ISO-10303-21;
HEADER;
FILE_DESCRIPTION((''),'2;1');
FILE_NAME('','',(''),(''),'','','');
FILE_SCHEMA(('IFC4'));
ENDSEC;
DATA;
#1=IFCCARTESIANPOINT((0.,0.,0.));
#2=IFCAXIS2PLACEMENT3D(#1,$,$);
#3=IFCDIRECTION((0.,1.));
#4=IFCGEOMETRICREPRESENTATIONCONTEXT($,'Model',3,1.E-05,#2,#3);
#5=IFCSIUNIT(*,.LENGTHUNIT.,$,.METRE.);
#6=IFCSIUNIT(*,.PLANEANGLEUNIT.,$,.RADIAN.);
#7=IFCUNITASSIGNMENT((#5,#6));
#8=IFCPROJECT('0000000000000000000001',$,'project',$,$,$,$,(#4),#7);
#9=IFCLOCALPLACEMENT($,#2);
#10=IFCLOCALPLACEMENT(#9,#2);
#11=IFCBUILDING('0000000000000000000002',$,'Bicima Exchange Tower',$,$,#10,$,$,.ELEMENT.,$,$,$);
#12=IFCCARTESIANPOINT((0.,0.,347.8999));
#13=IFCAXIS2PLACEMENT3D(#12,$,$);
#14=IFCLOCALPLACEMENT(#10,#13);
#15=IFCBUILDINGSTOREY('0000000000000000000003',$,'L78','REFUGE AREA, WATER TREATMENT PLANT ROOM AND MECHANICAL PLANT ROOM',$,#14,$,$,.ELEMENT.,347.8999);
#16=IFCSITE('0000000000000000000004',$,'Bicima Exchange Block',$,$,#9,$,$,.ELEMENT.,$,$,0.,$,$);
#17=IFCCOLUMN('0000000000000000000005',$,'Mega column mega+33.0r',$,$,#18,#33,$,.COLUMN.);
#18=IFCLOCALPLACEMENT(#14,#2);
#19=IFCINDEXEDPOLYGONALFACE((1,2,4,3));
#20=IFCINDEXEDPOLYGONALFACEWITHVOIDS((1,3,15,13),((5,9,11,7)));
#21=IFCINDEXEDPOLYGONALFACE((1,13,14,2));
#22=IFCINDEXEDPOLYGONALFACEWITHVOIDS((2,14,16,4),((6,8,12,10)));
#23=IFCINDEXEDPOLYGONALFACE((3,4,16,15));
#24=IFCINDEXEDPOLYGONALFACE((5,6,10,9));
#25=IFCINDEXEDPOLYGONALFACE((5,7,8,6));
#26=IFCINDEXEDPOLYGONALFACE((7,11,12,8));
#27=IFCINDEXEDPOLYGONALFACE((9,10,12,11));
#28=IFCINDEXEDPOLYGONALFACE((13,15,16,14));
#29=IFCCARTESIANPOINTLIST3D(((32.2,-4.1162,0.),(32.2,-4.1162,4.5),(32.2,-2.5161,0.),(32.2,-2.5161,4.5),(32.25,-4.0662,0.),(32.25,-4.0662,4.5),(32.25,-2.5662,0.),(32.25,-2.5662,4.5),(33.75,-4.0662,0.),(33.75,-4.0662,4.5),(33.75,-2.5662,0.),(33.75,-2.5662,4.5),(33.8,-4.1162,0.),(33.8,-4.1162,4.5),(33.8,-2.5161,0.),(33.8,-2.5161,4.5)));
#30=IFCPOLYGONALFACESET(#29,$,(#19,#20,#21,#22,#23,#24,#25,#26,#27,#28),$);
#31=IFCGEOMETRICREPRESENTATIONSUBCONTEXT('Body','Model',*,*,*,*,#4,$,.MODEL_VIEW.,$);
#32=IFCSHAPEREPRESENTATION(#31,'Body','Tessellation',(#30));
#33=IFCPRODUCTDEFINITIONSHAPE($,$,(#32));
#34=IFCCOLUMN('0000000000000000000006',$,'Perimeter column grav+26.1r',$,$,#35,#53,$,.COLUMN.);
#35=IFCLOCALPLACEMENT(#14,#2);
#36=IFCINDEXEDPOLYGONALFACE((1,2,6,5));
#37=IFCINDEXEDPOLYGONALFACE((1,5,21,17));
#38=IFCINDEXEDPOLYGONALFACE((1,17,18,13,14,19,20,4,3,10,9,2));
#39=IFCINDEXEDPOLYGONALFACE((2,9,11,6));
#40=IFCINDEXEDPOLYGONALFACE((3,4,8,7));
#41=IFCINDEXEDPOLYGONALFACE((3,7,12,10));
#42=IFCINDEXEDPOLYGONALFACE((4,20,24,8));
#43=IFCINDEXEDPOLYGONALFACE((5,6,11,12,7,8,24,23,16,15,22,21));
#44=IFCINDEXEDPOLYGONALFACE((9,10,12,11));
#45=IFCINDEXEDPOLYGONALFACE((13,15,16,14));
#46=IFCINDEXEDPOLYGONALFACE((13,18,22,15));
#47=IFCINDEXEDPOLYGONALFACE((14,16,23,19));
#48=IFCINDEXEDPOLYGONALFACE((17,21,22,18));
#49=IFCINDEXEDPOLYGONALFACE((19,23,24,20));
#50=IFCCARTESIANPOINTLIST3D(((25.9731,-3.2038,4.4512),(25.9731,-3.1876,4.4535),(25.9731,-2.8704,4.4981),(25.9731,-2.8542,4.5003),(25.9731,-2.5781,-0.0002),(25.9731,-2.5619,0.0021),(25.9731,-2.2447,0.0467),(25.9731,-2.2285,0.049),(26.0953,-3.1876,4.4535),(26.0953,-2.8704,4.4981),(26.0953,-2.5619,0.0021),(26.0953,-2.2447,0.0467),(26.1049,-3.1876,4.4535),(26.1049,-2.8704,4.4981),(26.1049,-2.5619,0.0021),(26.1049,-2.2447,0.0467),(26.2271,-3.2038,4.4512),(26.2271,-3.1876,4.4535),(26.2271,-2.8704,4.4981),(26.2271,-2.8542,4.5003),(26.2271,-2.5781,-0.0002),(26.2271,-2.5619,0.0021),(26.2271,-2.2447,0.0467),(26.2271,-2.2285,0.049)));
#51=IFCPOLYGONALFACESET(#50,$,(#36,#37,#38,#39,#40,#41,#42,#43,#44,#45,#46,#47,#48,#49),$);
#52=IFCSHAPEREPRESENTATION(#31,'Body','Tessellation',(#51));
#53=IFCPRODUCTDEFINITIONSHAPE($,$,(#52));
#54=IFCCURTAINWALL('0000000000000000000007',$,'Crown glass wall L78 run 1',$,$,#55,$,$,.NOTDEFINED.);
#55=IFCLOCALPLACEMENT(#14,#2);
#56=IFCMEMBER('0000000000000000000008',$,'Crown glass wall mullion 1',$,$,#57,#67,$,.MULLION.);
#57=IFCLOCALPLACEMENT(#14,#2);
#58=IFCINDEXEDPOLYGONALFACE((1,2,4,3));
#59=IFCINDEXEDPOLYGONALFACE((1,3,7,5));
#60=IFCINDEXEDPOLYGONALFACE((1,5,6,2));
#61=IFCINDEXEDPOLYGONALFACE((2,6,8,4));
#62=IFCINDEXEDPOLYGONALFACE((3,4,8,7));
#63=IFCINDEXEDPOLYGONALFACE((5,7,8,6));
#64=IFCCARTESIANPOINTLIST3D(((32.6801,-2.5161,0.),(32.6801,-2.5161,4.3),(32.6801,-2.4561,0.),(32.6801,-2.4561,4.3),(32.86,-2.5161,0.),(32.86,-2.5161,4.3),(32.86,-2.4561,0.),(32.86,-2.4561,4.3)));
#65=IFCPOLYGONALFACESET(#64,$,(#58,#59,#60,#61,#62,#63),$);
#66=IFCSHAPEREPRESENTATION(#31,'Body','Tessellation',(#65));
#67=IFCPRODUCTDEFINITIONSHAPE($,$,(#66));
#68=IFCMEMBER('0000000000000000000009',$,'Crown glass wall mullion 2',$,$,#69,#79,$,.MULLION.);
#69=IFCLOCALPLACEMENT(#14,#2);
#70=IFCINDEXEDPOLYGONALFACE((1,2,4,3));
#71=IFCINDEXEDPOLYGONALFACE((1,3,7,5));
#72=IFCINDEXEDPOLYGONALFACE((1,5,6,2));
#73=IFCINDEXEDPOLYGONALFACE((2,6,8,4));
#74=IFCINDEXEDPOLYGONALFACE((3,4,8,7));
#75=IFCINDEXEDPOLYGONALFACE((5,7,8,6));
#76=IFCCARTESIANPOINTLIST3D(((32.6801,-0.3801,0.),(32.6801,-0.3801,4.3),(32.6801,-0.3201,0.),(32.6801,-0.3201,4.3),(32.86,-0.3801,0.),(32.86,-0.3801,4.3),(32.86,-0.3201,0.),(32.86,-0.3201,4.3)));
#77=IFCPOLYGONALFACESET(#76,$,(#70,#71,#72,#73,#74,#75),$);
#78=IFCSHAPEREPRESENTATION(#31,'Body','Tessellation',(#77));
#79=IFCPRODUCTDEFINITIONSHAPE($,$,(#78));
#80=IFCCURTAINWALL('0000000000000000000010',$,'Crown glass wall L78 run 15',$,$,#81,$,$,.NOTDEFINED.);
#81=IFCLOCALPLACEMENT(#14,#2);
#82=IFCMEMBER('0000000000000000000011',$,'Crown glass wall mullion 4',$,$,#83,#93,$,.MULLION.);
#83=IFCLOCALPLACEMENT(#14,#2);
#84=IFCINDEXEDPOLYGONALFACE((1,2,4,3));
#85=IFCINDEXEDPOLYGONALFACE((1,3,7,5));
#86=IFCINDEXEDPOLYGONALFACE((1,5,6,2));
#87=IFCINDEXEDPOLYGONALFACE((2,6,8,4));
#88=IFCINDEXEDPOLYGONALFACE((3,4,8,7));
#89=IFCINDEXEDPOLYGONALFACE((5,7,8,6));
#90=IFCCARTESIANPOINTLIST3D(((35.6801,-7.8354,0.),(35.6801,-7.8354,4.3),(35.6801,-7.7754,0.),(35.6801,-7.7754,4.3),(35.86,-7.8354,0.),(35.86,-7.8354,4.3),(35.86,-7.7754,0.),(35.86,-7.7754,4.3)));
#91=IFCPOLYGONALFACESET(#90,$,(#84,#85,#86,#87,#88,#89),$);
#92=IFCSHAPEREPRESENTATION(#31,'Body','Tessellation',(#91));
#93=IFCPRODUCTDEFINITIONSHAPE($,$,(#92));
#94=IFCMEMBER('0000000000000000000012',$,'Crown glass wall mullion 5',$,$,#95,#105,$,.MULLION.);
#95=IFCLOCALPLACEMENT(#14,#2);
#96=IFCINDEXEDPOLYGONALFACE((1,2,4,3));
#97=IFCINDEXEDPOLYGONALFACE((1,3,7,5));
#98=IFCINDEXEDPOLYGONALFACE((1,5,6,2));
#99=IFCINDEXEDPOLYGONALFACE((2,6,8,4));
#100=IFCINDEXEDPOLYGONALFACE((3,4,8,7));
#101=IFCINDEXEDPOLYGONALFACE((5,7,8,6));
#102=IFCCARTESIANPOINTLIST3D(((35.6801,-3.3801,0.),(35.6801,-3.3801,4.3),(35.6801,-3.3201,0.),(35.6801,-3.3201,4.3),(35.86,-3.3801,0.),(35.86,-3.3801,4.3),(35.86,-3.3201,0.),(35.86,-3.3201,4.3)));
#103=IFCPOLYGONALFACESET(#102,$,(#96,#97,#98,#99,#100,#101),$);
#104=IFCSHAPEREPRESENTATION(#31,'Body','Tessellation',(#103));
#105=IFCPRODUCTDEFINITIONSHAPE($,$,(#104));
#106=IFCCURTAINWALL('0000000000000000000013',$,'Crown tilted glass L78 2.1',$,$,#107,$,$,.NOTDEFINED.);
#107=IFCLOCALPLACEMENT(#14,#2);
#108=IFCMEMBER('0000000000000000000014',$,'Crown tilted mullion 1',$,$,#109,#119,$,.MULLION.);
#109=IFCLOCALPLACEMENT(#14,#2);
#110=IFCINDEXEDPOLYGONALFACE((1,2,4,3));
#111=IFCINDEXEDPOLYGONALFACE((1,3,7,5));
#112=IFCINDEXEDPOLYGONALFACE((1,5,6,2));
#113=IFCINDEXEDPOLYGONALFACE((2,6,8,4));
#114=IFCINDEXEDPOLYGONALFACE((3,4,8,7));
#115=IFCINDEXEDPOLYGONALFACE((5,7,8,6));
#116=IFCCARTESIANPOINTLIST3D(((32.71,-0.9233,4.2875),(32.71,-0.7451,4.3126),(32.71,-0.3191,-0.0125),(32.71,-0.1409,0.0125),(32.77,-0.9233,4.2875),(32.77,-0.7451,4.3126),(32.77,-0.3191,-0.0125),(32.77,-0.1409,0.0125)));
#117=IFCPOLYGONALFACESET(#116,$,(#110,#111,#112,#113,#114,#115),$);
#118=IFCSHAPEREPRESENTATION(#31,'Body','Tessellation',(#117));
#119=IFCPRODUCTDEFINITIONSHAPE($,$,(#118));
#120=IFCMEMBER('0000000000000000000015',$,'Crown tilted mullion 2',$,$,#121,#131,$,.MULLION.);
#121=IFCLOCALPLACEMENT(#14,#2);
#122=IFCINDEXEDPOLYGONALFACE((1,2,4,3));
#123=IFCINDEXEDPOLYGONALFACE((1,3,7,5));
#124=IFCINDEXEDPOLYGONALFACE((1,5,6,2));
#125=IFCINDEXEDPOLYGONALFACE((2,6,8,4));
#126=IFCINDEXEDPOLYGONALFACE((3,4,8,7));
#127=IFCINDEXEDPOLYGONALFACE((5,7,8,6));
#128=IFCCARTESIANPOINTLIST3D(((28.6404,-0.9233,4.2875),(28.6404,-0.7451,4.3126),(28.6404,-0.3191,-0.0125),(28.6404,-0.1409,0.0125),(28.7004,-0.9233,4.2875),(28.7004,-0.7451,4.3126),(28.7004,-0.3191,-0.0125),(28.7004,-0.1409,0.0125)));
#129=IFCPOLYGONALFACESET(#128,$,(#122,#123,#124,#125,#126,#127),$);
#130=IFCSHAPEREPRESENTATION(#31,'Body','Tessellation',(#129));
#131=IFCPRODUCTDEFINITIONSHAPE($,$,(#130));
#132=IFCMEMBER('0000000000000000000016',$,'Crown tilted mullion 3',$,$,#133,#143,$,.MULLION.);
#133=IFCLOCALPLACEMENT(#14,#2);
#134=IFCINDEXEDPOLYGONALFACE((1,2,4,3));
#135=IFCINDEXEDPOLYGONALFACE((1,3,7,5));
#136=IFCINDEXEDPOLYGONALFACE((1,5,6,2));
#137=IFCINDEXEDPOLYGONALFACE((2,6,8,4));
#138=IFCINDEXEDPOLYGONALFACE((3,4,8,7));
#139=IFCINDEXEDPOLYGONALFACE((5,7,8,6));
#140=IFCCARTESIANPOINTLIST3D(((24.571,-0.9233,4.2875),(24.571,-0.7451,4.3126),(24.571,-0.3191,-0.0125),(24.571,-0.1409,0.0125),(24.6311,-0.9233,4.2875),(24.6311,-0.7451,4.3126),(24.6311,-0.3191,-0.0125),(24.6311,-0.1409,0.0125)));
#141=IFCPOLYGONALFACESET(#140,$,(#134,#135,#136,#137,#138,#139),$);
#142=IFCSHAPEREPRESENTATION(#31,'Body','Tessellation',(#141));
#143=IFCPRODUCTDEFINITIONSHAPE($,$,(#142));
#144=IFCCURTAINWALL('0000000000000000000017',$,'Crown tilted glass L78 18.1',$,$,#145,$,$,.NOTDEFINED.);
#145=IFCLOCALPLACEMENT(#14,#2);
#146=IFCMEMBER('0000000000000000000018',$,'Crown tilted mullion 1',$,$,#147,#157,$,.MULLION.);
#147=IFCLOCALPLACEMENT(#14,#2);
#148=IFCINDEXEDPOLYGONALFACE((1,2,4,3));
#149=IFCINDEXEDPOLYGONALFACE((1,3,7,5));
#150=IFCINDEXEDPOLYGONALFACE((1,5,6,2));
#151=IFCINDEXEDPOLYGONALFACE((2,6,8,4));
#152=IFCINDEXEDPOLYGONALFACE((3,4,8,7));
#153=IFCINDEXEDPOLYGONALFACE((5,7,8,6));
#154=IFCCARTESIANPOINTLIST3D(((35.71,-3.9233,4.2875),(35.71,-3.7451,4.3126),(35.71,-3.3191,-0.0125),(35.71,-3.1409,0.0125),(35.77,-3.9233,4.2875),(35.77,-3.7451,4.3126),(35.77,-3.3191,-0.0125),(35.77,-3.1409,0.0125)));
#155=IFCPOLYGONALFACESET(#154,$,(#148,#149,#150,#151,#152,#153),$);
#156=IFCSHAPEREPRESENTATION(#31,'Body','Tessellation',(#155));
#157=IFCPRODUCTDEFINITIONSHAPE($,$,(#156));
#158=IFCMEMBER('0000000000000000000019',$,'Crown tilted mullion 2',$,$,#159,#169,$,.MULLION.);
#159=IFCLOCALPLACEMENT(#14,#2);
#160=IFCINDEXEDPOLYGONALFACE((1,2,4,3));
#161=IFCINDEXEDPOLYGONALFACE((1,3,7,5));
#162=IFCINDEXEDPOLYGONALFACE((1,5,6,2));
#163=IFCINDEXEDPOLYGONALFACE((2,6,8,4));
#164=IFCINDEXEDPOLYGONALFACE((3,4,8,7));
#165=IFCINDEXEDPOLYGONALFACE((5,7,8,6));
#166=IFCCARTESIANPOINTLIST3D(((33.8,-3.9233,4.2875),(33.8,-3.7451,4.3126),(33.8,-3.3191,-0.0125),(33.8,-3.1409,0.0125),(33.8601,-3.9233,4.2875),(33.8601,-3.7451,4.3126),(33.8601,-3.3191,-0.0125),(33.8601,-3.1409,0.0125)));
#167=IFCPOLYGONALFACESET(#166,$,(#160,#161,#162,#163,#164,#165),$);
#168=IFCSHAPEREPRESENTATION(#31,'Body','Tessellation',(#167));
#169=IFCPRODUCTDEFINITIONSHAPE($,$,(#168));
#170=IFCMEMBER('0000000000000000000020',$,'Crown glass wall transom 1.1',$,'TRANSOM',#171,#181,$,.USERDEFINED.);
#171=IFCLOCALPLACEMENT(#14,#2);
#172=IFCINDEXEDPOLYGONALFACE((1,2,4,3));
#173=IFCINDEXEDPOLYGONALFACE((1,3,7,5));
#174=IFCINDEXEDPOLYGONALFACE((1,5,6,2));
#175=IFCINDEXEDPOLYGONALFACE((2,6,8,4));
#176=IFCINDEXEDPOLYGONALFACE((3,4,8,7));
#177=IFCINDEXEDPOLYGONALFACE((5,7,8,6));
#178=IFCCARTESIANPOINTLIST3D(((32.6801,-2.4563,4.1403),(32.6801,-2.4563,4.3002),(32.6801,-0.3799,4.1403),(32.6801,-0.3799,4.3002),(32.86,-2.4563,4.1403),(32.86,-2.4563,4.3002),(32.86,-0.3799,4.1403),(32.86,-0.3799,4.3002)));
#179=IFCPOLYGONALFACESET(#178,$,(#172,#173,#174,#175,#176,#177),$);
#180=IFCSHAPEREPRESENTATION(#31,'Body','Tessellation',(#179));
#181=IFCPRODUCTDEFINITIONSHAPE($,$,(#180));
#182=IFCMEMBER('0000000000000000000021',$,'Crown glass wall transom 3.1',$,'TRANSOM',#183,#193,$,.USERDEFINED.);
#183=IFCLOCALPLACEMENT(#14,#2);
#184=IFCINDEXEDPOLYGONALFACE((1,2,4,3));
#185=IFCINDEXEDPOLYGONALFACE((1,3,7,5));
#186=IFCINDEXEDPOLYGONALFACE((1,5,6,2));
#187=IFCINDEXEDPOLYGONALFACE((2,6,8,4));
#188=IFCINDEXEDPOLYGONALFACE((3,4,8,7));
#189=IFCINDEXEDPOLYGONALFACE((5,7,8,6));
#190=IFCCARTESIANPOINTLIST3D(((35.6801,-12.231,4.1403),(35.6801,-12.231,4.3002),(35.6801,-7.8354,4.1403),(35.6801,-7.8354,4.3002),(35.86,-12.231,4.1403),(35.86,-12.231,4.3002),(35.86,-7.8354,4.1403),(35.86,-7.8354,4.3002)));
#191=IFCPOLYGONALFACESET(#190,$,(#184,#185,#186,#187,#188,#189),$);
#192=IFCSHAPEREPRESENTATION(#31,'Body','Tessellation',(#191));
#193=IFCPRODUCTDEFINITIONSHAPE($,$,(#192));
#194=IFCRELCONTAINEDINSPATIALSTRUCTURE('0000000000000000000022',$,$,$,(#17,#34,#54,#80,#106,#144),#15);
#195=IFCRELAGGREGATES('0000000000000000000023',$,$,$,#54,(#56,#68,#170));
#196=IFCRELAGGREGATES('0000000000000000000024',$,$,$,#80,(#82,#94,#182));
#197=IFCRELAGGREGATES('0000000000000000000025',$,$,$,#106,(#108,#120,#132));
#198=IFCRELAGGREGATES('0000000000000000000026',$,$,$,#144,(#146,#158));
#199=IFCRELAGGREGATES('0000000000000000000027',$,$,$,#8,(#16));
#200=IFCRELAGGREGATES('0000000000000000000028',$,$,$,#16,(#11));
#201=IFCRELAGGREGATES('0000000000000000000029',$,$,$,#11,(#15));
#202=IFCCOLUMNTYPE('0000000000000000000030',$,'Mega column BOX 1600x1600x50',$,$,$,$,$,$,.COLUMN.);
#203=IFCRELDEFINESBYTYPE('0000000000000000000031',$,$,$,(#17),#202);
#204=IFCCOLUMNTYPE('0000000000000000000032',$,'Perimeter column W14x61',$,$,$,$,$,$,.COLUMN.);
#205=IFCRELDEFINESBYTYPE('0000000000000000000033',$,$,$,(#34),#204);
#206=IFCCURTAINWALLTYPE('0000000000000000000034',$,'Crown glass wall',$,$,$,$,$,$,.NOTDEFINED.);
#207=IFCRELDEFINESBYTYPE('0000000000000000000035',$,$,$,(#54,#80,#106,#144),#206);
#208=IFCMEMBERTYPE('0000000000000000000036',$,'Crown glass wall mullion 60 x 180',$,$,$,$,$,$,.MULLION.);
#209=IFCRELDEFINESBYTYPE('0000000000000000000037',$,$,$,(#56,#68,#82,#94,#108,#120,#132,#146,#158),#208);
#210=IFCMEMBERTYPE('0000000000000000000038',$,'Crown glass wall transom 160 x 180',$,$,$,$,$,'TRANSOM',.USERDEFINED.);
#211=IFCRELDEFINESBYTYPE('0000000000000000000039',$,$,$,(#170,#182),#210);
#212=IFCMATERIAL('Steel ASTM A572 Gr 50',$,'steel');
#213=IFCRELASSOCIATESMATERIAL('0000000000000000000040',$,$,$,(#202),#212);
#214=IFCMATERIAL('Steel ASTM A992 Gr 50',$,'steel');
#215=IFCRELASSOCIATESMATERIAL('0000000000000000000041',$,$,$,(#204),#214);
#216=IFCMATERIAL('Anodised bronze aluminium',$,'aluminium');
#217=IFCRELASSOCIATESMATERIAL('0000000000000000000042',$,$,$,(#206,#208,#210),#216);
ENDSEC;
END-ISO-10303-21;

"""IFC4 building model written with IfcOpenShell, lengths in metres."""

from ifc_helpers import new_model, si_unit, direction, frame, origin, origin_2d, place, context, subcontext, project, spatial, rectangle, hollow_rectangle, i_section, extrude, material, material_profile, profile_set, type_object, element, aggregate, save


model = new_model("IFC4")

# Units and contexts
model_context = context("Model", 3, precision=1e-05, world=origin(), true_north=direction((0.0, 1.0)))
body_context = subcontext(model_context, "Body", "Model", "MODEL_VIEW")
ifc_project = project(units=[si_unit("LENGTHUNIT", "METRE"), si_unit("PLANEANGLEUNIT", "RADIAN")], contexts=[model_context])

# Site, building, storey
site_placement = place(None, origin())
site = spatial("IfcSite", under=ifc_project, at=site_placement, Name="Bicima Exchange Block", CompositionType="ELEMENT", RefElevation=0.0)
building_placement = place(site_placement, origin())
building = spatial("IfcBuilding", under=site, at=building_placement, Name="Bicima Exchange Tower", CompositionType="ELEMENT")
storey_placement = place(building_placement, frame((0.0, 0.0, 347.8999)))
storey = spatial("IfcBuildingStorey", under=building, at=storey_placement, Name="L78", Description="REFUGE AREA, WATER TREATMENT PLANT ROOM AND MECHANICAL PLANT ROOM", CompositionType="ELEMENT", Elevation=347.8999)

# Columns
ifc_material_1 = material(Name="Steel ASTM A572 Gr 50", Category="steel")
ifc_material_profile_1 = material_profile(ifc_material_1, hollow_rectangle(XDim=1.6001, YDim=1.6001, WallThickness=0.05, at=origin_2d()))
ifc_profile_set_1 = profile_set([ifc_material_profile_1], Name="Steel ASTM A572 Gr 50")
column_type_1 = type_object("IfcColumnType", Name="Mega column BOX 1600x1600x50", PredefinedType="COLUMN", material=ifc_profile_set_1)
column_1_placement = place(storey_placement, frame((33.0, -3.3162, 0.0), z_axis=(0.0, 0.0, 1.0), x_axis=(1.0, 0.0, 0.0)))
element("IfcColumn", 1, at=column_1_placement, inside=storey, type_object=column_type_1, Name="Mega column mega+33.0r", PredefinedType="COLUMN", context=body_context, shape_type="SweptSolid", body=[
    extrude(hollow_rectangle(XDim=1.6001, YDim=1.6001, WallThickness=0.05, at=origin_2d()), origin(), (0.0, 0.0, 1.0), 4.5),
])
ifc_material_2 = material(Name="Steel ASTM A992 Gr 50", Category="steel")
ifc_material_profile_2 = material_profile(ifc_material_2, i_section(OverallWidth=0.2539, OverallDepth=0.353, WebThickness=0.0095, FlangeThickness=0.0164, at=origin_2d()))
ifc_profile_set_2 = profile_set([ifc_material_profile_2], Name="Steel ASTM A992 Gr 50")
column_type_2 = type_object("IfcColumnType", Name="Perimeter column W14x61", PredefinedType="COLUMN", material=ifc_profile_set_2)
column_2_placement = place(storey_placement, frame((26.1001, -2.4033, 0.0244), z_axis=(0.0, -0.139201, 0.990264), x_axis=(1.0, 0.0, 0.0)))
element("IfcColumn", 2, at=column_2_placement, inside=storey, type_object=column_type_2, Name="Perimeter column grav+26.1r", PredefinedType="COLUMN", context=body_context, shape_type="SweptSolid", body=[
    extrude(i_section(OverallWidth=0.2539, OverallDepth=0.353, WebThickness=0.0095, FlangeThickness=0.0164, at=origin_2d()), origin(), (0.0, 0.0, 1.0), 4.4951),
])

# Curtain walls, members
ifc_material_3 = material(Name="Anodised bronze aluminium", Category="aluminium")
curtain_wall_type = type_object("IfcCurtainWallType", Name="Crown glass wall", PredefinedType="NOTDEFINED", material=ifc_material_3)
curtain_wall_1_placement = place(storey_placement, origin())
curtain_wall_1 = element("IfcCurtainWall", 3, at=curtain_wall_1_placement, inside=storey, type_object=curtain_wall_type, Name="Crown glass wall L78 run 1", PredefinedType="NOTDEFINED")
ifc_material_profile_3 = material_profile(ifc_material_3, rectangle(XDim=0.1799, YDim=0.0601, at=origin_2d()))
ifc_profile_set_3 = profile_set([ifc_material_profile_3], Name="Anodised bronze aluminium")
member_type_1 = type_object("IfcMemberType", Name="Crown glass wall mullion 60 x 180", PredefinedType="MULLION", material=ifc_profile_set_3)
member_1_placement = place(storey_placement, frame((32.77, -2.4861, 0.0), z_axis=(0.0, 0.0, 1.0), x_axis=(-1.0, 0.0, 0.0)))
member_1 = element("IfcMember", 4, at=member_1_placement, type_object=member_type_1, Name="Crown glass wall mullion 1", PredefinedType="MULLION", context=body_context, shape_type="SweptSolid", body=[
    extrude(rectangle(XDim=0.1799, YDim=0.0601, at=origin_2d()), origin(), (0.0, 0.0, 1.0), 4.3),
])
member_2_placement = place(storey_placement, frame((32.77, -0.3501, 0.0), z_axis=(0.0, 0.0, 1.0), x_axis=(-1.0, 0.0, 0.0)))
member_2 = element("IfcMember", 5, at=member_2_placement, type_object=member_type_1, Name="Crown glass wall mullion 2", PredefinedType="MULLION", context=body_context, shape_type="SweptSolid", body=[
    extrude(rectangle(XDim=0.1799, YDim=0.0601, at=origin_2d()), origin(), (0.0, 0.0, 1.0), 4.3),
])
curtain_wall_2_placement = place(storey_placement, origin())
curtain_wall_2 = element("IfcCurtainWall", 6, at=curtain_wall_2_placement, inside=storey, type_object=curtain_wall_type, Name="Crown glass wall L78 run 15", PredefinedType="NOTDEFINED")
member_3_placement = place(storey_placement, frame((35.77, -7.8054, 0.0), z_axis=(0.0, 0.0, 1.0), x_axis=(-1.0, 0.0, 0.0)))
member_3 = element("IfcMember", 7, at=member_3_placement, type_object=member_type_1, Name="Crown glass wall mullion 4", PredefinedType="MULLION", context=body_context, shape_type="SweptSolid", body=[
    extrude(rectangle(XDim=0.1799, YDim=0.0601, at=origin_2d()), origin(), (0.0, 0.0, 1.0), 4.3),
])
member_4_placement = place(storey_placement, frame((35.77, -3.3501, 0.0), z_axis=(0.0, 0.0, 1.0), x_axis=(-1.0, 0.0, 0.0)))
member_4 = element("IfcMember", 8, at=member_4_placement, type_object=member_type_1, Name="Crown glass wall mullion 5", PredefinedType="MULLION", context=body_context, shape_type="SweptSolid", body=[
    extrude(rectangle(XDim=0.1799, YDim=0.0601, at=origin_2d()), origin(), (0.0, 0.0, 1.0), 4.3),
])
curtain_wall_3_placement = place(storey_placement, origin())
curtain_wall_3 = element("IfcCurtainWall", 9, at=curtain_wall_3_placement, inside=storey, type_object=curtain_wall_type, Name="Crown tilted glass L78 2.1", PredefinedType="NOTDEFINED")
member_5_placement = place(storey_placement, frame((32.74, -0.23, 0.0), z_axis=(0.0, -0.139154, 0.990271), x_axis=(0.0, -0.990271, -0.139154)))
member_5 = element("IfcMember", 10, at=member_5_placement, type_object=member_type_1, Name="Crown tilted mullion 1", PredefinedType="MULLION", context=body_context, shape_type="SweptSolid", body=[
    extrude(rectangle(XDim=0.1799, YDim=0.0601, at=origin_2d()), origin(), (0.0, 0.0, 1.0), 4.3423),
])
member_6_placement = place(storey_placement, frame((28.6704, -0.23, 0.0), z_axis=(0.0, -0.139154, 0.990271), x_axis=(0.0, -0.990271, -0.139154)))
member_6 = element("IfcMember", 11, at=member_6_placement, type_object=member_type_1, Name="Crown tilted mullion 2", PredefinedType="MULLION", context=body_context, shape_type="SweptSolid", body=[
    extrude(rectangle(XDim=0.1799, YDim=0.0601, at=origin_2d()), origin(), (0.0, 0.0, 1.0), 4.3423),
])
member_7_placement = place(storey_placement, frame((24.6011, -0.23, 0.0), z_axis=(0.0, -0.139154, 0.990271), x_axis=(0.0, -0.990271, -0.139154)))
member_7 = element("IfcMember", 12, at=member_7_placement, type_object=member_type_1, Name="Crown tilted mullion 3", PredefinedType="MULLION", context=body_context, shape_type="SweptSolid", body=[
    extrude(rectangle(XDim=0.1799, YDim=0.0601, at=origin_2d()), origin(), (0.0, 0.0, 1.0), 4.3423),
])
curtain_wall_4_placement = place(storey_placement, origin())
curtain_wall_4 = element("IfcCurtainWall", 13, at=curtain_wall_4_placement, inside=storey, type_object=curtain_wall_type, Name="Crown tilted glass L78 18.1", PredefinedType="NOTDEFINED")
member_8_placement = place(storey_placement, frame((35.74, -3.23, 0.0), z_axis=(0.0, -0.139154, 0.990271), x_axis=(0.0, -0.990271, -0.139154)))
member_8 = element("IfcMember", 14, at=member_8_placement, type_object=member_type_1, Name="Crown tilted mullion 1", PredefinedType="MULLION", context=body_context, shape_type="SweptSolid", body=[
    extrude(rectangle(XDim=0.1799, YDim=0.0601, at=origin_2d()), origin(), (0.0, 0.0, 1.0), 4.3423),
])
member_9_placement = place(storey_placement, frame((33.8301, -3.23, 0.0), z_axis=(0.0, -0.139154, 0.990271), x_axis=(0.0, -0.990271, -0.139154)))
member_9 = element("IfcMember", 15, at=member_9_placement, type_object=member_type_1, Name="Crown tilted mullion 2", PredefinedType="MULLION", context=body_context, shape_type="SweptSolid", body=[
    extrude(rectangle(XDim=0.1799, YDim=0.0601, at=origin_2d()), origin(), (0.0, 0.0, 1.0), 4.3423),
])

# Members
ifc_material_profile_4 = material_profile(ifc_material_3, rectangle(XDim=0.1799, YDim=0.1599, at=origin_2d()))
ifc_profile_set_4 = profile_set([ifc_material_profile_4], Name="Anodised bronze aluminium")
member_type_2 = type_object("IfcMemberType", Name="Crown glass wall transom 160 x 180", ElementType="TRANSOM", PredefinedType="USERDEFINED", material=ifc_profile_set_4)
member_10_placement = place(storey_placement, frame((32.77, -2.4563, 4.2202), z_axis=(0.0, 1.0, 0.0), x_axis=(-1.0, 0.0, 0.0)))
member_10 = element("IfcMember", 16, at=member_10_placement, type_object=member_type_2, Name="Crown glass wall transom 1.1", ObjectType="TRANSOM", PredefinedType="USERDEFINED", context=body_context, shape_type="SweptSolid", body=[
    extrude(rectangle(XDim=0.1799, YDim=0.1599, at=origin_2d()), origin(), (0.0, 0.0, 1.0), 2.0764),
])
member_11_placement = place(storey_placement, frame((35.77, -12.231, 4.2202), z_axis=(0.0, 1.0, 0.0), x_axis=(-1.0, 0.0, 0.0)))
member_11 = element("IfcMember", 17, at=member_11_placement, type_object=member_type_2, Name="Crown glass wall transom 3.1", ObjectType="TRANSOM", PredefinedType="USERDEFINED", context=body_context, shape_type="SweptSolid", body=[
    extrude(rectangle(XDim=0.1799, YDim=0.1599, at=origin_2d()), origin(), (0.0, 0.0, 1.0), 4.3955),
])

aggregate(curtain_wall_1, [member_1, member_2, member_10])
aggregate(curtain_wall_2, [member_3, member_4, member_11])
aggregate(curtain_wall_3, [member_5, member_6, member_7])
aggregate(curtain_wall_4, [member_8, member_9])

save(model, "model.ifc")
